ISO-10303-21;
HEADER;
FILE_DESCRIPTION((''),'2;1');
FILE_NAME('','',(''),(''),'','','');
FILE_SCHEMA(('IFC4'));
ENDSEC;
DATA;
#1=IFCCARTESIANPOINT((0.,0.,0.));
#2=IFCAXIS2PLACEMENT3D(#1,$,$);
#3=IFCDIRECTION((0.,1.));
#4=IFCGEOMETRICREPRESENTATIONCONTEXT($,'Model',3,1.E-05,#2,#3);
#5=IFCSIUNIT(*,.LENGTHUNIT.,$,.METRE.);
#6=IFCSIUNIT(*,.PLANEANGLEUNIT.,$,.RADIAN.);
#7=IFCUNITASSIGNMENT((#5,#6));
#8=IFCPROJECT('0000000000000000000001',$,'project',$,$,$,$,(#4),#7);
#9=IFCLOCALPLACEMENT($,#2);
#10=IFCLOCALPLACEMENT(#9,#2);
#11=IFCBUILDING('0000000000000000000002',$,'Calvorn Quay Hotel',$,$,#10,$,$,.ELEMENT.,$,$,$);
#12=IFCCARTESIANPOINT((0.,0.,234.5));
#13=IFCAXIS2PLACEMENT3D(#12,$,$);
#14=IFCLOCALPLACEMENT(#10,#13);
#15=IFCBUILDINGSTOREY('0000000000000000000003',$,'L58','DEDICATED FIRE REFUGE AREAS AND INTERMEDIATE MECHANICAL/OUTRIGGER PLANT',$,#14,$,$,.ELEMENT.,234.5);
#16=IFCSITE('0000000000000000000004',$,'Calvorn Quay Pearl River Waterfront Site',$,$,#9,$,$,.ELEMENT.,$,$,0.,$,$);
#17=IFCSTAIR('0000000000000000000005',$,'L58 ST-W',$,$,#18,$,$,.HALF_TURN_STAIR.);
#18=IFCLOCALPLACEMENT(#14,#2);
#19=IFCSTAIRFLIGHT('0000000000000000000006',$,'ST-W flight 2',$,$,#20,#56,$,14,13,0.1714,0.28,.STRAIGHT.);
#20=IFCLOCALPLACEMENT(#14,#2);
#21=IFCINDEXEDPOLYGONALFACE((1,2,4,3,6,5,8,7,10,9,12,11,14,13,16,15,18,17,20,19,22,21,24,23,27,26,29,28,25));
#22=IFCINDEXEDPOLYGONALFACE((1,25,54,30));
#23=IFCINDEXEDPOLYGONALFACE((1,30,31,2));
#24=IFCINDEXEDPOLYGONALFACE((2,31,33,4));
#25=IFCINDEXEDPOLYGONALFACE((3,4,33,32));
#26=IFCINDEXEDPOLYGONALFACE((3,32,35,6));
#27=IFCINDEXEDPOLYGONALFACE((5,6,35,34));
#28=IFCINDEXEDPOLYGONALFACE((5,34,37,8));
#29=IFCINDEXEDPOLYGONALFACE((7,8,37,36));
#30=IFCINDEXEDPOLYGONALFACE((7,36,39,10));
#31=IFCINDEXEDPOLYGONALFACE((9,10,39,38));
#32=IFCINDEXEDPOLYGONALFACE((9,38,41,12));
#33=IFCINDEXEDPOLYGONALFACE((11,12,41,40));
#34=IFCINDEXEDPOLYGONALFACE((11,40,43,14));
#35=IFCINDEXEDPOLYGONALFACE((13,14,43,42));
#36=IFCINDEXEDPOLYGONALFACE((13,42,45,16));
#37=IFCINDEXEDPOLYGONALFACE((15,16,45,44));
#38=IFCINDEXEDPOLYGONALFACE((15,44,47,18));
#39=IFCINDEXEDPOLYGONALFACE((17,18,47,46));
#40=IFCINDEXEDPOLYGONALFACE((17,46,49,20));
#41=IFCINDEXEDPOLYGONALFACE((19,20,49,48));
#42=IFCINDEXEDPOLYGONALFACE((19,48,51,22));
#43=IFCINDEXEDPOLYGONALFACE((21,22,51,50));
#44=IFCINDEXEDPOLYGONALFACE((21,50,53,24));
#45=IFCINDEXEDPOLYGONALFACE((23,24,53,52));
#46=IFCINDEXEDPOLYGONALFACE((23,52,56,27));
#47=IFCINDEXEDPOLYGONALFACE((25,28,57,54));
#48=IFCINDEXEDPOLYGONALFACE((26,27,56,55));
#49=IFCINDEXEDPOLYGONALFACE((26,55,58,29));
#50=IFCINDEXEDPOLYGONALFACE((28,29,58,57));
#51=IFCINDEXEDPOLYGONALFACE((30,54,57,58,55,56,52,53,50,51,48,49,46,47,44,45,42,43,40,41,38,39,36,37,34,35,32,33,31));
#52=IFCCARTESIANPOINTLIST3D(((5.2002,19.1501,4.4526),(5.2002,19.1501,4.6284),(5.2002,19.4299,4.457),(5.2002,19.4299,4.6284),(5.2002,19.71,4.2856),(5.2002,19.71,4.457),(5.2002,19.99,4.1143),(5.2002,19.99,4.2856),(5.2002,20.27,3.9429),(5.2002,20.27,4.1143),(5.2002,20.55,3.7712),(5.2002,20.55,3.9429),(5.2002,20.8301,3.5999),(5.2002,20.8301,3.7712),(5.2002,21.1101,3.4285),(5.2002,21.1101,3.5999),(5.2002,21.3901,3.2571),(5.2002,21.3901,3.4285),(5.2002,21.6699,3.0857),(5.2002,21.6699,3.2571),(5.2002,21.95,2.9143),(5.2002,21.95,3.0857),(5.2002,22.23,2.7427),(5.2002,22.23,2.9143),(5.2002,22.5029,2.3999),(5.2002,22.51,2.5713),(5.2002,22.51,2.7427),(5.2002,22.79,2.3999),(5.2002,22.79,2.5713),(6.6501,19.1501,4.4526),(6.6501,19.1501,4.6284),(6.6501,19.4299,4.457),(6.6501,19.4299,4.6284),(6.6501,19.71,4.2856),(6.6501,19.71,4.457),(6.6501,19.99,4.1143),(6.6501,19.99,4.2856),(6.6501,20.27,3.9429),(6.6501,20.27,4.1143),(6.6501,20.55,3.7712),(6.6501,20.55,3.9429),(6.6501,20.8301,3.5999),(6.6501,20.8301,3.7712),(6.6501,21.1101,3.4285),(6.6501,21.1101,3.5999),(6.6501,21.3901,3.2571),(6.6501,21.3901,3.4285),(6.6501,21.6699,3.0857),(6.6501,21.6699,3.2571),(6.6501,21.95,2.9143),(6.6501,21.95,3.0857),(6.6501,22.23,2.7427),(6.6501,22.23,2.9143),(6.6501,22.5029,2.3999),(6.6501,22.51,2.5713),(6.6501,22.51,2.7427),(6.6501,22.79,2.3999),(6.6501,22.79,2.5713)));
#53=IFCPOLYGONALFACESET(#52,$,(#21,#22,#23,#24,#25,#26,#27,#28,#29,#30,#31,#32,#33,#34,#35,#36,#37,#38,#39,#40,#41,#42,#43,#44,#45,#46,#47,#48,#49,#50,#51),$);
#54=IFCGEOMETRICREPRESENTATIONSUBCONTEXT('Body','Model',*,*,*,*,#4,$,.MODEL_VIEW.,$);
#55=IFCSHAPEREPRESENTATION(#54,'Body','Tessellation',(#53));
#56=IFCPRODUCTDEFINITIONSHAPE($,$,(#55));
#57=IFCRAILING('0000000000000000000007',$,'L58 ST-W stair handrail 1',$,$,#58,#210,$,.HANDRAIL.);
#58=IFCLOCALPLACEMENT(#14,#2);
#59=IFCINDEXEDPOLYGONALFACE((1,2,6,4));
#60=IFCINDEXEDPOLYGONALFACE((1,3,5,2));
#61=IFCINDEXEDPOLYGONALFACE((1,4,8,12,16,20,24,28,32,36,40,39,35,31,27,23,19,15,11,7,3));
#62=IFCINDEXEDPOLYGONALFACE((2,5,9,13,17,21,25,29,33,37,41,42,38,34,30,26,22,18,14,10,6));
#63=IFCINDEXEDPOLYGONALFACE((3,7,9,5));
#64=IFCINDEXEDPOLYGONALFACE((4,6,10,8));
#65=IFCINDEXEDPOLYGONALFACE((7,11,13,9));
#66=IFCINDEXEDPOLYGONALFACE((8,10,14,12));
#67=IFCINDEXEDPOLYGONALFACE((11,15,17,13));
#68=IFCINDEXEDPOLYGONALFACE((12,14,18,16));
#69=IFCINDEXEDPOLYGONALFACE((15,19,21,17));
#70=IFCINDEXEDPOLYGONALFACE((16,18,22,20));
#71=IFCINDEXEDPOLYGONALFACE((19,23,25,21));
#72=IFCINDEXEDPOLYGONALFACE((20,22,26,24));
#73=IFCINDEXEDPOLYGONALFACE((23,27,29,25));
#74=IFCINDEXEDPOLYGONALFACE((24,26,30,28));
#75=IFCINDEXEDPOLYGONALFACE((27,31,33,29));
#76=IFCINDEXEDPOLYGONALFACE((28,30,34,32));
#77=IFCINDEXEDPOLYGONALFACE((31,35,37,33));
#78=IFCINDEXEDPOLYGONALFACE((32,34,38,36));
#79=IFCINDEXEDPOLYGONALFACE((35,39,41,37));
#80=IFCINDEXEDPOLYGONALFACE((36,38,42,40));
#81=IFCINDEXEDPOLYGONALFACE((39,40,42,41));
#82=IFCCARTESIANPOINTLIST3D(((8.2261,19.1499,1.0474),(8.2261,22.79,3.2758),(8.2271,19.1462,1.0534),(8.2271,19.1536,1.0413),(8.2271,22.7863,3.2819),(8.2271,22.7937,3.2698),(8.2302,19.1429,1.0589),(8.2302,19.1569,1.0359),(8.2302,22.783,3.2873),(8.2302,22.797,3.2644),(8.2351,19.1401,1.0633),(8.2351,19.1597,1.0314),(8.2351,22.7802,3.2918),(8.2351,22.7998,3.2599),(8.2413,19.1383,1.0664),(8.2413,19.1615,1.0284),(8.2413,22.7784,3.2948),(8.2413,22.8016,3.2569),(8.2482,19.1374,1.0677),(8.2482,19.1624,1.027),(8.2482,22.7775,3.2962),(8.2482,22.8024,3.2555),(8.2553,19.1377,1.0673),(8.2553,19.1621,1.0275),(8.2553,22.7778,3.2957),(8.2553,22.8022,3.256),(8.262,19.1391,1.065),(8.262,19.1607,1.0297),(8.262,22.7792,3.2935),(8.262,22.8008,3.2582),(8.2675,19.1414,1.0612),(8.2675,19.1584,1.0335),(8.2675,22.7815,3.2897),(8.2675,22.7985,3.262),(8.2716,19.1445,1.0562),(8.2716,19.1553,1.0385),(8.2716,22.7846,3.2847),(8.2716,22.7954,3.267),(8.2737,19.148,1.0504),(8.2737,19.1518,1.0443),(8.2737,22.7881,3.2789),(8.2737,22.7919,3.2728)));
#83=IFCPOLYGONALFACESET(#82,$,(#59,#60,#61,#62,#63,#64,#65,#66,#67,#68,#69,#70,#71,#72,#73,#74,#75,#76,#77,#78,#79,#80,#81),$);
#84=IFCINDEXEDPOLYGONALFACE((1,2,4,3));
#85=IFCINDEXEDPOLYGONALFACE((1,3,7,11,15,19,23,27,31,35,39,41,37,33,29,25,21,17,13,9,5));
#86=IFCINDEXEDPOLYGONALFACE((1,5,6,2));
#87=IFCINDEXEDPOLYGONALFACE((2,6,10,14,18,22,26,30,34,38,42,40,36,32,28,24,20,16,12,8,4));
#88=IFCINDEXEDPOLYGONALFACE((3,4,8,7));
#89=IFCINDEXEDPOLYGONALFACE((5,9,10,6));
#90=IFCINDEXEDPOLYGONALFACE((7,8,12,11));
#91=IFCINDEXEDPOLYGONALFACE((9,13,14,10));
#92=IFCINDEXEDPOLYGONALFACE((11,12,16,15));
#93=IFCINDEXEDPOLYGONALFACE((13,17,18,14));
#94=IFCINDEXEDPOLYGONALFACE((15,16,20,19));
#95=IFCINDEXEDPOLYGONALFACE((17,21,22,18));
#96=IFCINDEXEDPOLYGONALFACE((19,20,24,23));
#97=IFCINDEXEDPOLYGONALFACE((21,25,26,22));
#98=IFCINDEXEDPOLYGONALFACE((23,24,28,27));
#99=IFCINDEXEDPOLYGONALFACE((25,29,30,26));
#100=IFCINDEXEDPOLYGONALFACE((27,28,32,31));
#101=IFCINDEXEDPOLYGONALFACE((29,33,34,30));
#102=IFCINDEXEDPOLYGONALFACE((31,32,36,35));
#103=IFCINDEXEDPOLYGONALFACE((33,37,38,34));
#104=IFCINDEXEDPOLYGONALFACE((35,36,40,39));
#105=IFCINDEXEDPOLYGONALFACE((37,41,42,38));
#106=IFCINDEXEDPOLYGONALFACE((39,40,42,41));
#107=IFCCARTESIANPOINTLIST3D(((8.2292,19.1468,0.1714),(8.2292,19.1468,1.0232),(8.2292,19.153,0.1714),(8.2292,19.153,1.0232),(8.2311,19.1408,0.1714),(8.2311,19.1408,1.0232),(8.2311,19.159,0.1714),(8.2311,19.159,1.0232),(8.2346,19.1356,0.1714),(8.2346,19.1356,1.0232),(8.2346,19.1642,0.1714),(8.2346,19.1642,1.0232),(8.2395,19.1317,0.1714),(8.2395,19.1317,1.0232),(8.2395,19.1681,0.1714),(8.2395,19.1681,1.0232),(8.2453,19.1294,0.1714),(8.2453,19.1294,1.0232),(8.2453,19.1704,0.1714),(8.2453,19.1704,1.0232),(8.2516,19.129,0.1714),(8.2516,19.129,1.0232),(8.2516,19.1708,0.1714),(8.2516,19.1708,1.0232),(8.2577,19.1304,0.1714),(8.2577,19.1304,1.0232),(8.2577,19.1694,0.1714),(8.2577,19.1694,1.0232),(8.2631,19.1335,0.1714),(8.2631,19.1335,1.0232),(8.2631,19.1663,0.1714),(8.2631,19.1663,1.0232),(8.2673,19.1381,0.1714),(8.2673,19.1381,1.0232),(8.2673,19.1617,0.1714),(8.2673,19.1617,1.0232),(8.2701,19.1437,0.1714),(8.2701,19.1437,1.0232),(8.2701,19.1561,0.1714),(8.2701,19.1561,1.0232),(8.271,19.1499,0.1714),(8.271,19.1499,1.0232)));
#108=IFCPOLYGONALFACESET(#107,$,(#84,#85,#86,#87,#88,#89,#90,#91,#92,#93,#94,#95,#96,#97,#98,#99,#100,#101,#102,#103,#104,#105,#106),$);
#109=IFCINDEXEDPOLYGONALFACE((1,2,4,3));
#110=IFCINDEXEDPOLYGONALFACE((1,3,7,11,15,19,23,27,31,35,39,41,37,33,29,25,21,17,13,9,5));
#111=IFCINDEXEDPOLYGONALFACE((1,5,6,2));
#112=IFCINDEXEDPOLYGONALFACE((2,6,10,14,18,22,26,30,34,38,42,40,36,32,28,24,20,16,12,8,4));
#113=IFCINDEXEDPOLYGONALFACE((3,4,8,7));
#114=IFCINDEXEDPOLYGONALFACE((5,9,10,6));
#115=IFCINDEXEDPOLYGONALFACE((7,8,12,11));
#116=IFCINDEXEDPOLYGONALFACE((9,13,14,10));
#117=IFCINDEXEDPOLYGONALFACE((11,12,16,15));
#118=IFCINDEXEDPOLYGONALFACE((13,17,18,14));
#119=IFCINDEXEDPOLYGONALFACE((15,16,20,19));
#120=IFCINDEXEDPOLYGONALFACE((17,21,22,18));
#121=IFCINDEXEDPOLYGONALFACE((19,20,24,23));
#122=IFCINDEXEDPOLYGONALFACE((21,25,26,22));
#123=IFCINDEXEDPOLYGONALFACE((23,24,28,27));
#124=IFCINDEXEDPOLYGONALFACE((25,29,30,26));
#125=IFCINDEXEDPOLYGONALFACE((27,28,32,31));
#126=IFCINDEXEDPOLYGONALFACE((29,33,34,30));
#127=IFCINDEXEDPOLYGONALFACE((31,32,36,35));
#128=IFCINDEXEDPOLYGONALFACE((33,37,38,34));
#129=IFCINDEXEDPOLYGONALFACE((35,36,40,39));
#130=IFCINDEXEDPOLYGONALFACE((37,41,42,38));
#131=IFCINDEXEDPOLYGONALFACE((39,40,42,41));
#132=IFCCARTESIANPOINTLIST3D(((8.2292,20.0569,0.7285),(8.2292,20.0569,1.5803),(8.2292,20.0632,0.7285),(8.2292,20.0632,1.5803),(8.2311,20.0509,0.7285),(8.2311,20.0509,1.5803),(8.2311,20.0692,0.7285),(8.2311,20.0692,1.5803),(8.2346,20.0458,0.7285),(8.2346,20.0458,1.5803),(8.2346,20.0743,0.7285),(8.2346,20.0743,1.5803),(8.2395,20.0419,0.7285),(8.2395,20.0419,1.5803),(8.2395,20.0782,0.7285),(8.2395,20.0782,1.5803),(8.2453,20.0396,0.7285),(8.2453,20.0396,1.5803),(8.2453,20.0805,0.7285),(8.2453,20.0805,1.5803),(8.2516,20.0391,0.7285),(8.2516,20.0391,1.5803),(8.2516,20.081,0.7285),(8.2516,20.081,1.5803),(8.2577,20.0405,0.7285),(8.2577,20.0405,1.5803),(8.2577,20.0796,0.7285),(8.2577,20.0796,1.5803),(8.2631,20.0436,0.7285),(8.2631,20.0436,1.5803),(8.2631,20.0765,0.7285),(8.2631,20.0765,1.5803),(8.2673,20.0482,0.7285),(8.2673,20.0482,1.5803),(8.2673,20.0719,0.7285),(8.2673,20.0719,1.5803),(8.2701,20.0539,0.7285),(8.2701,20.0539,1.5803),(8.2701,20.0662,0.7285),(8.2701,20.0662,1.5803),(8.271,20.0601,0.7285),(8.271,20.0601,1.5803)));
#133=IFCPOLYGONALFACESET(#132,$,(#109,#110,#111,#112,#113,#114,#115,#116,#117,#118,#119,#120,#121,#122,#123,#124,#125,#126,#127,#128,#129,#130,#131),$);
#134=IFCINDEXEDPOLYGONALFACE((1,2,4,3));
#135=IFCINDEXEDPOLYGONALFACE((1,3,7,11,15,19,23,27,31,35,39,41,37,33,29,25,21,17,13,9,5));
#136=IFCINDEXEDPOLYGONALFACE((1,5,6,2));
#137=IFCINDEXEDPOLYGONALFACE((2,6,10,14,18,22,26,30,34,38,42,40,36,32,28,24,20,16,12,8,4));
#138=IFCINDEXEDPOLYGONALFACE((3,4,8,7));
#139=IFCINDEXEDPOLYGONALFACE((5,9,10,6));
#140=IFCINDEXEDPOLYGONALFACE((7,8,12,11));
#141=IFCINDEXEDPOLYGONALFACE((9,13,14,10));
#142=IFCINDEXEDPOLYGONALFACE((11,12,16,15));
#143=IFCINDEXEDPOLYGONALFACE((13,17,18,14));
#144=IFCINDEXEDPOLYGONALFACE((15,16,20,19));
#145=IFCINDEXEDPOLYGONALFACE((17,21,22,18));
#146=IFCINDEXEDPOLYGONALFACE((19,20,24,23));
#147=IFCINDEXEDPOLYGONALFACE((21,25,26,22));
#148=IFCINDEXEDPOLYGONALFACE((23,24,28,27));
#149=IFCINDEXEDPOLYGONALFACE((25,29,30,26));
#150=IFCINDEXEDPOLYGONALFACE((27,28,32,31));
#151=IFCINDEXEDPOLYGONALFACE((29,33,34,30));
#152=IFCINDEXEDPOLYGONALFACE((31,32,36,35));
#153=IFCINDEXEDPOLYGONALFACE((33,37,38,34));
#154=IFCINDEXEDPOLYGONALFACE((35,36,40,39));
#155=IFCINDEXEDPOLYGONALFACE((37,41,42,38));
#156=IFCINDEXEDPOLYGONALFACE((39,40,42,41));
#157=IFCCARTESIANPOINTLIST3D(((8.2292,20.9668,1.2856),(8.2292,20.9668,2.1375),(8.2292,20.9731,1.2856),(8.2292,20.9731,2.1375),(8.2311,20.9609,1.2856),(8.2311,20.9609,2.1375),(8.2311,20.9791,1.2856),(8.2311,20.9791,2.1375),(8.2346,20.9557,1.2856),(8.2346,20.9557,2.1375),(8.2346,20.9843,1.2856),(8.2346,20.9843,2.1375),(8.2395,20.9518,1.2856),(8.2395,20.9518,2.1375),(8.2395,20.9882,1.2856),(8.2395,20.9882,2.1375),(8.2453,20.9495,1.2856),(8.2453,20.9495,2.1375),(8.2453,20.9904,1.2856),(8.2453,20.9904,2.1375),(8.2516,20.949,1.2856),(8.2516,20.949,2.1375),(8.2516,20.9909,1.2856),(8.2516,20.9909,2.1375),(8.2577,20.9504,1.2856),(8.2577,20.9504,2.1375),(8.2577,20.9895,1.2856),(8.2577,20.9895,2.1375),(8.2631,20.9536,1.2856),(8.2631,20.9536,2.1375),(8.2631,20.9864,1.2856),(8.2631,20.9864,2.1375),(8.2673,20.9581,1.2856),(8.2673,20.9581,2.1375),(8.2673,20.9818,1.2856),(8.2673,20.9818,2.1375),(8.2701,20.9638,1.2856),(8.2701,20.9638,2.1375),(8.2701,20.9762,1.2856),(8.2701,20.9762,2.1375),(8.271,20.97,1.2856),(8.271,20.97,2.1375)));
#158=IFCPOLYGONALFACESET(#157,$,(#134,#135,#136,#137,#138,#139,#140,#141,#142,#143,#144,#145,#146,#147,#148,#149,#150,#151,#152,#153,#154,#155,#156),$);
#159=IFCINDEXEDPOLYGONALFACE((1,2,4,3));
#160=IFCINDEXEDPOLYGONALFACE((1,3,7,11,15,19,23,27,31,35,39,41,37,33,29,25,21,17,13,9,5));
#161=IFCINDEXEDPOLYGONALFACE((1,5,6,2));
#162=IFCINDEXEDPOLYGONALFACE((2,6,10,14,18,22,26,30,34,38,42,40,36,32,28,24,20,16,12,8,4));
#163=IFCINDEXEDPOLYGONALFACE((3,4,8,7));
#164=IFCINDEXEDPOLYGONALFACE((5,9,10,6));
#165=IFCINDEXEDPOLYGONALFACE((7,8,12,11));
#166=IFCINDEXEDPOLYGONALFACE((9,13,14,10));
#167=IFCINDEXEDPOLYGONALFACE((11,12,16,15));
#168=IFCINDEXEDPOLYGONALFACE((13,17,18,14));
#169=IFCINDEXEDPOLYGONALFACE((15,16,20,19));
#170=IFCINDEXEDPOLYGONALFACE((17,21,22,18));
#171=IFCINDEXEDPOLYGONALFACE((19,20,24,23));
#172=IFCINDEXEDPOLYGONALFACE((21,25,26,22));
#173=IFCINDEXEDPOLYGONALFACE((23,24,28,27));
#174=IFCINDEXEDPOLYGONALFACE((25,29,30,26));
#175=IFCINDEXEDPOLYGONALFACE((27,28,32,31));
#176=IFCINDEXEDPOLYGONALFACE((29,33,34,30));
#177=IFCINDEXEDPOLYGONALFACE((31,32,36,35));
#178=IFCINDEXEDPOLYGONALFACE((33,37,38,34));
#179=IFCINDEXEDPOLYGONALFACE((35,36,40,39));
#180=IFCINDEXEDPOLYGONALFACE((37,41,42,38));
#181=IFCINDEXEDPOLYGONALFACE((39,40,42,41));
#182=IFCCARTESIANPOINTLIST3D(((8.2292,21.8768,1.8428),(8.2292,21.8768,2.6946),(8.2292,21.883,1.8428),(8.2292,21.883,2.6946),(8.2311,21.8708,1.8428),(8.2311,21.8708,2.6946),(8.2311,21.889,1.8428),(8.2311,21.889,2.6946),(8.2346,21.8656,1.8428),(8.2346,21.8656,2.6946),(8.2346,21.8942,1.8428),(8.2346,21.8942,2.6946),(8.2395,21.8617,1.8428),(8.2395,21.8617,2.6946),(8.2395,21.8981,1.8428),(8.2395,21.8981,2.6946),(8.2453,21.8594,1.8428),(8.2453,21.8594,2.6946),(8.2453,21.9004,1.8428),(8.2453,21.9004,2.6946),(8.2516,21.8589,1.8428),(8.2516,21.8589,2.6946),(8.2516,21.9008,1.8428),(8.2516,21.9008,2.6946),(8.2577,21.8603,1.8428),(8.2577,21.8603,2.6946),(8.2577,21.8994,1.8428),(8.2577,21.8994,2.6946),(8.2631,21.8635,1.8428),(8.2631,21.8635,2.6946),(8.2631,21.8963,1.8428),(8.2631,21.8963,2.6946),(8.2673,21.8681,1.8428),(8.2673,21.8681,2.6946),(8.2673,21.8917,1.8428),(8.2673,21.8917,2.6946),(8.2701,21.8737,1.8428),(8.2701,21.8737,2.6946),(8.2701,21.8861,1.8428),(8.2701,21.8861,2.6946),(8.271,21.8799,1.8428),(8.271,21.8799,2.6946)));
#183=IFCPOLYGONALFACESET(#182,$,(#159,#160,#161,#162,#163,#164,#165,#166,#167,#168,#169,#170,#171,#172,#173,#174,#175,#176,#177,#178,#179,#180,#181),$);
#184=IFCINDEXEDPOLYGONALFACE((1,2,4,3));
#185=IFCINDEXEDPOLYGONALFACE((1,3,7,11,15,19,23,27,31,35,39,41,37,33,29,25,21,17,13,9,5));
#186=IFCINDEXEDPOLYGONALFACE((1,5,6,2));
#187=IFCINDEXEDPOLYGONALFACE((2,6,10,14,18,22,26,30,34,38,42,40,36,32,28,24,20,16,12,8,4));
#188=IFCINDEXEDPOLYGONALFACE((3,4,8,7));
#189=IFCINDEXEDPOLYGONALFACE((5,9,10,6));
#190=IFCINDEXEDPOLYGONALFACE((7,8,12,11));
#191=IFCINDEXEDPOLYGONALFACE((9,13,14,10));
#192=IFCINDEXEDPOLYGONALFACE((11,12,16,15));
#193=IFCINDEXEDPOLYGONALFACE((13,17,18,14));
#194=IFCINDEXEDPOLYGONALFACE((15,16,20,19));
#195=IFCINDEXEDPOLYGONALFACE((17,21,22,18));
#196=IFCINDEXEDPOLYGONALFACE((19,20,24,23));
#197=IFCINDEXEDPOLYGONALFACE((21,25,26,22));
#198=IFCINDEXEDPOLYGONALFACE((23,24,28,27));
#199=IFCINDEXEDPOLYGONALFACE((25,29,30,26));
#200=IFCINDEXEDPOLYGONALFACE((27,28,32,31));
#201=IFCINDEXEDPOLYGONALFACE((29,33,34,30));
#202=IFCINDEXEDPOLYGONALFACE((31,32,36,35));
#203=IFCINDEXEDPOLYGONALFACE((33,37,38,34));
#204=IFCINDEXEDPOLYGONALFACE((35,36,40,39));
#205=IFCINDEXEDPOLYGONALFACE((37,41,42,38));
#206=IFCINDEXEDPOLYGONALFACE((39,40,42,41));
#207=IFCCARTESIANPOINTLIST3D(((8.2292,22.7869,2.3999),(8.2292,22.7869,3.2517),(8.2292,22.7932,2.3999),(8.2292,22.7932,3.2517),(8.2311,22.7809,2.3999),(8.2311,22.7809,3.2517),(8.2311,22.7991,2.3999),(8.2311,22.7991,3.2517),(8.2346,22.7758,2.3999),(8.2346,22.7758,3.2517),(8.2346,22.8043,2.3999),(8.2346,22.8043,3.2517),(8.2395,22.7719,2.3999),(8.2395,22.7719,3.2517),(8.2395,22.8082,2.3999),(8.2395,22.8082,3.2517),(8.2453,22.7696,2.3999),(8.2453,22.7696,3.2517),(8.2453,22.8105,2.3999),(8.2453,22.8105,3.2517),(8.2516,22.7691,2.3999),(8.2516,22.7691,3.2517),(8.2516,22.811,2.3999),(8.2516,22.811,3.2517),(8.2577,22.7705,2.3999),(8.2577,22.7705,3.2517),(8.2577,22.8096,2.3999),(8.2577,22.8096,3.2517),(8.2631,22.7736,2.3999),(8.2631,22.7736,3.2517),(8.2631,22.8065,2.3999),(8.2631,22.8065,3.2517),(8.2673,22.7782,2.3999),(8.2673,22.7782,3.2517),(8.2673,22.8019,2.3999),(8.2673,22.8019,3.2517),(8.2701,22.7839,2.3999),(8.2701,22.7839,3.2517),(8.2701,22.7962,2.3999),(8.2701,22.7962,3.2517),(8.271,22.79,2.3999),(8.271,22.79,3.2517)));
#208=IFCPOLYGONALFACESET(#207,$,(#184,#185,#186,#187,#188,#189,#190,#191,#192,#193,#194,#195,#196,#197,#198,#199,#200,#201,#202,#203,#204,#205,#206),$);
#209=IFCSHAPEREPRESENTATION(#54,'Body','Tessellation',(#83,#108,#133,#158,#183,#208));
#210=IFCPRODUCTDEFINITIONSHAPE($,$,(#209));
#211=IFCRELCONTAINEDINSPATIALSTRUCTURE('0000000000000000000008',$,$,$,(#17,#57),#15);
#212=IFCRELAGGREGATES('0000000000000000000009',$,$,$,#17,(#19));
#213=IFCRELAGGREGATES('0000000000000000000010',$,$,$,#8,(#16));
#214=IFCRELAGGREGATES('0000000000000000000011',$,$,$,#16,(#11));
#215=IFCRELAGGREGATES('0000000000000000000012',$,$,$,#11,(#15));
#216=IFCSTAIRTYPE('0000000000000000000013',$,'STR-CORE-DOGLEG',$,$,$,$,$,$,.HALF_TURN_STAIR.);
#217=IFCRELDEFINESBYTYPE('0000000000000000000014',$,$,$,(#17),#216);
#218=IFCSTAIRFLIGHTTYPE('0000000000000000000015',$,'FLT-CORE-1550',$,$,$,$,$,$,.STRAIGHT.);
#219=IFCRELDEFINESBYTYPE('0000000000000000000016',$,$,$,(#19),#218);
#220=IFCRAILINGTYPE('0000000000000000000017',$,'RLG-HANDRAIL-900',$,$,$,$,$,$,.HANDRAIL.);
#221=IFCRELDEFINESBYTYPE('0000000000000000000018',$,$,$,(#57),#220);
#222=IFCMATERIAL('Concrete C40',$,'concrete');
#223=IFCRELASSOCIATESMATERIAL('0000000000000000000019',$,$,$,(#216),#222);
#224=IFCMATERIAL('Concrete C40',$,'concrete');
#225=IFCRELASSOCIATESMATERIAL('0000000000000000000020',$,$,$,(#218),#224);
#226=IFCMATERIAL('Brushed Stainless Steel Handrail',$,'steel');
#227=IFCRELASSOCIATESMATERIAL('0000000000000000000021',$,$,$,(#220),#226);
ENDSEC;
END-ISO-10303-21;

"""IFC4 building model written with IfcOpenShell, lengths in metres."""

from ifc_helpers import new_model, si_unit, direction, frame, origin, origin_2d, place, context, subcontext, project, spatial, polyline, circle, outline, extrude, material, type_object, element, aggregate, save


model = new_model("IFC4")

# Units and contexts
model_context = context("Model", 3, precision=1e-05, world=origin(), true_north=direction((0.0, 1.0)))
body_context = subcontext(model_context, "Body", "Model", "MODEL_VIEW")
ifc_project = project(units=[si_unit("LENGTHUNIT", "METRE"), si_unit("PLANEANGLEUNIT", "RADIAN")], contexts=[model_context])

# Site, building, storey
site_placement = place(None, origin())
site = spatial("IfcSite", under=ifc_project, at=site_placement, Name="Calvorn Quay Pearl River Waterfront Site", CompositionType="ELEMENT", RefElevation=0.0)
building_placement = place(site_placement, origin())
building = spatial("IfcBuilding", under=site, at=building_placement, Name="Calvorn Quay Hotel", CompositionType="ELEMENT")
storey_placement = place(building_placement, frame((0.0, 0.0, 234.5)))
storey = spatial("IfcBuildingStorey", under=building, at=storey_placement, Name="L58", Description="DEDICATED FIRE REFUGE AREAS AND INTERMEDIATE MECHANICAL/OUTRIGGER PLANT", CompositionType="ELEMENT", Elevation=234.5)

# Stair, stair flight
ifc_material_1 = material(Name="Concrete C40", Category="concrete")
stair_type = type_object("IfcStairType", Name="STR-CORE-DOGLEG", PredefinedType="HALF_TURN_STAIR", material=ifc_material_1)
stair_placement = place(storey_placement, origin())
stair = element("IfcStair", 1, at=stair_placement, inside=storey, type_object=stair_type, Name="L58 ST-W", PredefinedType="HALF_TURN_STAIR")
ifc_material_2 = material(Name="Concrete C40", Category="concrete")
stair_flight_type = type_object("IfcStairFlightType", Name="FLT-CORE-1550", PredefinedType="STRAIGHT", material=ifc_material_2)
stair_flight_1_placement = place(storey_placement, frame((5.925, 22.79, 2.3999), z_axis=(0.0, 0.0, 1.0), x_axis=(0.0, -1.0, 0.0)))
stair_flight_1 = element("IfcStairFlight", 2, at=stair_flight_1_placement, type_object=stair_flight_type, Name="ST-W flight 2", NumberOfRisers=14, NumberOfTreads=13, PredefinedType="STRAIGHT", RiserHeight=0.1714, TreadLength=0.28, context=body_context, shape_type="SweptSolid", body=[
    extrude(outline(polyline([(0.0, 0.0), (0.0, 0.1714), (0.28, 0.1714), (0.28, 0.3428), (0.5601, 0.3428), (0.5601, 0.5144), (0.8401, 0.5144), (0.8401, 0.6858), (1.1201, 0.6858), (1.1201, 0.8572), (1.3999, 0.8572), (1.3999, 1.0286), (1.6799, 1.0286), (1.6799, 1.2), (1.96, 1.2), (1.96, 1.3713), (2.24, 1.3713), (2.24, 1.543), (2.52, 1.543), (2.52, 1.7144), (2.8, 1.7144), (2.8, 1.8857), (3.0801, 1.8857), (3.0801, 2.0571), (3.3601, 2.0571), (3.3601, 2.2285), (3.6399, 2.2285), (3.6399, 2.3999), (3.6399, 2.0527), (0.2871, 0.0), (0.0, 0.0)])), frame((0.0, 0.7251, 0.0), z_axis=(0.0, -1.0, 0.0), x_axis=(1.0, 0.0, 0.0)), (0.0, 0.0, 1.0), 1.45),
])
aggregate(stair, [stair_flight_1])

# Railing
ifc_material_3 = material(Name="Brushed Stainless Steel Handrail", Category="steel")
railing_type_1 = type_object("IfcRailingType", Name="RLG-HANDRAIL-900", PredefinedType="HANDRAIL", material=ifc_material_3)
railing_1_placement = place(storey_placement, frame((8.25, 19.1499, 0.1714)))
element("IfcRailing", 3, at=railing_1_placement, inside=storey, type_object=railing_type_1, Name="L58 ST-W stair handrail 1", PredefinedType="HANDRAIL", context=body_context, shape_type="SweptSolid", body=[
    extrude(circle(Radius=0.0239, at=origin_2d()), frame((0.0, 0.0, 0.876), z_axis=(0.0, 0.852866, 0.52213), x_axis=(-1.0, 0.0, 0.0)), (0.0, 0.0, 1.0), 4.2681),
    extrude(circle(Radius=0.021, at=origin_2d()), origin(), (0.0, 0.0, 1.0), 0.8518),
    extrude(circle(Radius=0.021, at=origin_2d()), frame((0.0, 0.9102, 0.5571)), (0.0, 0.0, 1.0), 0.8518),
    extrude(circle(Radius=0.021, at=origin_2d()), frame((0.0, 1.8201, 1.1143)), (0.0, 0.0, 1.0), 0.8518),
    extrude(circle(Radius=0.021, at=origin_2d()), frame((0.0, 2.73, 1.6714)), (0.0, 0.0, 1.0), 0.8518),
    extrude(circle(Radius=0.021, at=origin_2d()), frame((0.0, 3.6401, 2.2285)), (0.0, 0.0, 1.0), 0.8518),
])

save(model, "model.ifc")
